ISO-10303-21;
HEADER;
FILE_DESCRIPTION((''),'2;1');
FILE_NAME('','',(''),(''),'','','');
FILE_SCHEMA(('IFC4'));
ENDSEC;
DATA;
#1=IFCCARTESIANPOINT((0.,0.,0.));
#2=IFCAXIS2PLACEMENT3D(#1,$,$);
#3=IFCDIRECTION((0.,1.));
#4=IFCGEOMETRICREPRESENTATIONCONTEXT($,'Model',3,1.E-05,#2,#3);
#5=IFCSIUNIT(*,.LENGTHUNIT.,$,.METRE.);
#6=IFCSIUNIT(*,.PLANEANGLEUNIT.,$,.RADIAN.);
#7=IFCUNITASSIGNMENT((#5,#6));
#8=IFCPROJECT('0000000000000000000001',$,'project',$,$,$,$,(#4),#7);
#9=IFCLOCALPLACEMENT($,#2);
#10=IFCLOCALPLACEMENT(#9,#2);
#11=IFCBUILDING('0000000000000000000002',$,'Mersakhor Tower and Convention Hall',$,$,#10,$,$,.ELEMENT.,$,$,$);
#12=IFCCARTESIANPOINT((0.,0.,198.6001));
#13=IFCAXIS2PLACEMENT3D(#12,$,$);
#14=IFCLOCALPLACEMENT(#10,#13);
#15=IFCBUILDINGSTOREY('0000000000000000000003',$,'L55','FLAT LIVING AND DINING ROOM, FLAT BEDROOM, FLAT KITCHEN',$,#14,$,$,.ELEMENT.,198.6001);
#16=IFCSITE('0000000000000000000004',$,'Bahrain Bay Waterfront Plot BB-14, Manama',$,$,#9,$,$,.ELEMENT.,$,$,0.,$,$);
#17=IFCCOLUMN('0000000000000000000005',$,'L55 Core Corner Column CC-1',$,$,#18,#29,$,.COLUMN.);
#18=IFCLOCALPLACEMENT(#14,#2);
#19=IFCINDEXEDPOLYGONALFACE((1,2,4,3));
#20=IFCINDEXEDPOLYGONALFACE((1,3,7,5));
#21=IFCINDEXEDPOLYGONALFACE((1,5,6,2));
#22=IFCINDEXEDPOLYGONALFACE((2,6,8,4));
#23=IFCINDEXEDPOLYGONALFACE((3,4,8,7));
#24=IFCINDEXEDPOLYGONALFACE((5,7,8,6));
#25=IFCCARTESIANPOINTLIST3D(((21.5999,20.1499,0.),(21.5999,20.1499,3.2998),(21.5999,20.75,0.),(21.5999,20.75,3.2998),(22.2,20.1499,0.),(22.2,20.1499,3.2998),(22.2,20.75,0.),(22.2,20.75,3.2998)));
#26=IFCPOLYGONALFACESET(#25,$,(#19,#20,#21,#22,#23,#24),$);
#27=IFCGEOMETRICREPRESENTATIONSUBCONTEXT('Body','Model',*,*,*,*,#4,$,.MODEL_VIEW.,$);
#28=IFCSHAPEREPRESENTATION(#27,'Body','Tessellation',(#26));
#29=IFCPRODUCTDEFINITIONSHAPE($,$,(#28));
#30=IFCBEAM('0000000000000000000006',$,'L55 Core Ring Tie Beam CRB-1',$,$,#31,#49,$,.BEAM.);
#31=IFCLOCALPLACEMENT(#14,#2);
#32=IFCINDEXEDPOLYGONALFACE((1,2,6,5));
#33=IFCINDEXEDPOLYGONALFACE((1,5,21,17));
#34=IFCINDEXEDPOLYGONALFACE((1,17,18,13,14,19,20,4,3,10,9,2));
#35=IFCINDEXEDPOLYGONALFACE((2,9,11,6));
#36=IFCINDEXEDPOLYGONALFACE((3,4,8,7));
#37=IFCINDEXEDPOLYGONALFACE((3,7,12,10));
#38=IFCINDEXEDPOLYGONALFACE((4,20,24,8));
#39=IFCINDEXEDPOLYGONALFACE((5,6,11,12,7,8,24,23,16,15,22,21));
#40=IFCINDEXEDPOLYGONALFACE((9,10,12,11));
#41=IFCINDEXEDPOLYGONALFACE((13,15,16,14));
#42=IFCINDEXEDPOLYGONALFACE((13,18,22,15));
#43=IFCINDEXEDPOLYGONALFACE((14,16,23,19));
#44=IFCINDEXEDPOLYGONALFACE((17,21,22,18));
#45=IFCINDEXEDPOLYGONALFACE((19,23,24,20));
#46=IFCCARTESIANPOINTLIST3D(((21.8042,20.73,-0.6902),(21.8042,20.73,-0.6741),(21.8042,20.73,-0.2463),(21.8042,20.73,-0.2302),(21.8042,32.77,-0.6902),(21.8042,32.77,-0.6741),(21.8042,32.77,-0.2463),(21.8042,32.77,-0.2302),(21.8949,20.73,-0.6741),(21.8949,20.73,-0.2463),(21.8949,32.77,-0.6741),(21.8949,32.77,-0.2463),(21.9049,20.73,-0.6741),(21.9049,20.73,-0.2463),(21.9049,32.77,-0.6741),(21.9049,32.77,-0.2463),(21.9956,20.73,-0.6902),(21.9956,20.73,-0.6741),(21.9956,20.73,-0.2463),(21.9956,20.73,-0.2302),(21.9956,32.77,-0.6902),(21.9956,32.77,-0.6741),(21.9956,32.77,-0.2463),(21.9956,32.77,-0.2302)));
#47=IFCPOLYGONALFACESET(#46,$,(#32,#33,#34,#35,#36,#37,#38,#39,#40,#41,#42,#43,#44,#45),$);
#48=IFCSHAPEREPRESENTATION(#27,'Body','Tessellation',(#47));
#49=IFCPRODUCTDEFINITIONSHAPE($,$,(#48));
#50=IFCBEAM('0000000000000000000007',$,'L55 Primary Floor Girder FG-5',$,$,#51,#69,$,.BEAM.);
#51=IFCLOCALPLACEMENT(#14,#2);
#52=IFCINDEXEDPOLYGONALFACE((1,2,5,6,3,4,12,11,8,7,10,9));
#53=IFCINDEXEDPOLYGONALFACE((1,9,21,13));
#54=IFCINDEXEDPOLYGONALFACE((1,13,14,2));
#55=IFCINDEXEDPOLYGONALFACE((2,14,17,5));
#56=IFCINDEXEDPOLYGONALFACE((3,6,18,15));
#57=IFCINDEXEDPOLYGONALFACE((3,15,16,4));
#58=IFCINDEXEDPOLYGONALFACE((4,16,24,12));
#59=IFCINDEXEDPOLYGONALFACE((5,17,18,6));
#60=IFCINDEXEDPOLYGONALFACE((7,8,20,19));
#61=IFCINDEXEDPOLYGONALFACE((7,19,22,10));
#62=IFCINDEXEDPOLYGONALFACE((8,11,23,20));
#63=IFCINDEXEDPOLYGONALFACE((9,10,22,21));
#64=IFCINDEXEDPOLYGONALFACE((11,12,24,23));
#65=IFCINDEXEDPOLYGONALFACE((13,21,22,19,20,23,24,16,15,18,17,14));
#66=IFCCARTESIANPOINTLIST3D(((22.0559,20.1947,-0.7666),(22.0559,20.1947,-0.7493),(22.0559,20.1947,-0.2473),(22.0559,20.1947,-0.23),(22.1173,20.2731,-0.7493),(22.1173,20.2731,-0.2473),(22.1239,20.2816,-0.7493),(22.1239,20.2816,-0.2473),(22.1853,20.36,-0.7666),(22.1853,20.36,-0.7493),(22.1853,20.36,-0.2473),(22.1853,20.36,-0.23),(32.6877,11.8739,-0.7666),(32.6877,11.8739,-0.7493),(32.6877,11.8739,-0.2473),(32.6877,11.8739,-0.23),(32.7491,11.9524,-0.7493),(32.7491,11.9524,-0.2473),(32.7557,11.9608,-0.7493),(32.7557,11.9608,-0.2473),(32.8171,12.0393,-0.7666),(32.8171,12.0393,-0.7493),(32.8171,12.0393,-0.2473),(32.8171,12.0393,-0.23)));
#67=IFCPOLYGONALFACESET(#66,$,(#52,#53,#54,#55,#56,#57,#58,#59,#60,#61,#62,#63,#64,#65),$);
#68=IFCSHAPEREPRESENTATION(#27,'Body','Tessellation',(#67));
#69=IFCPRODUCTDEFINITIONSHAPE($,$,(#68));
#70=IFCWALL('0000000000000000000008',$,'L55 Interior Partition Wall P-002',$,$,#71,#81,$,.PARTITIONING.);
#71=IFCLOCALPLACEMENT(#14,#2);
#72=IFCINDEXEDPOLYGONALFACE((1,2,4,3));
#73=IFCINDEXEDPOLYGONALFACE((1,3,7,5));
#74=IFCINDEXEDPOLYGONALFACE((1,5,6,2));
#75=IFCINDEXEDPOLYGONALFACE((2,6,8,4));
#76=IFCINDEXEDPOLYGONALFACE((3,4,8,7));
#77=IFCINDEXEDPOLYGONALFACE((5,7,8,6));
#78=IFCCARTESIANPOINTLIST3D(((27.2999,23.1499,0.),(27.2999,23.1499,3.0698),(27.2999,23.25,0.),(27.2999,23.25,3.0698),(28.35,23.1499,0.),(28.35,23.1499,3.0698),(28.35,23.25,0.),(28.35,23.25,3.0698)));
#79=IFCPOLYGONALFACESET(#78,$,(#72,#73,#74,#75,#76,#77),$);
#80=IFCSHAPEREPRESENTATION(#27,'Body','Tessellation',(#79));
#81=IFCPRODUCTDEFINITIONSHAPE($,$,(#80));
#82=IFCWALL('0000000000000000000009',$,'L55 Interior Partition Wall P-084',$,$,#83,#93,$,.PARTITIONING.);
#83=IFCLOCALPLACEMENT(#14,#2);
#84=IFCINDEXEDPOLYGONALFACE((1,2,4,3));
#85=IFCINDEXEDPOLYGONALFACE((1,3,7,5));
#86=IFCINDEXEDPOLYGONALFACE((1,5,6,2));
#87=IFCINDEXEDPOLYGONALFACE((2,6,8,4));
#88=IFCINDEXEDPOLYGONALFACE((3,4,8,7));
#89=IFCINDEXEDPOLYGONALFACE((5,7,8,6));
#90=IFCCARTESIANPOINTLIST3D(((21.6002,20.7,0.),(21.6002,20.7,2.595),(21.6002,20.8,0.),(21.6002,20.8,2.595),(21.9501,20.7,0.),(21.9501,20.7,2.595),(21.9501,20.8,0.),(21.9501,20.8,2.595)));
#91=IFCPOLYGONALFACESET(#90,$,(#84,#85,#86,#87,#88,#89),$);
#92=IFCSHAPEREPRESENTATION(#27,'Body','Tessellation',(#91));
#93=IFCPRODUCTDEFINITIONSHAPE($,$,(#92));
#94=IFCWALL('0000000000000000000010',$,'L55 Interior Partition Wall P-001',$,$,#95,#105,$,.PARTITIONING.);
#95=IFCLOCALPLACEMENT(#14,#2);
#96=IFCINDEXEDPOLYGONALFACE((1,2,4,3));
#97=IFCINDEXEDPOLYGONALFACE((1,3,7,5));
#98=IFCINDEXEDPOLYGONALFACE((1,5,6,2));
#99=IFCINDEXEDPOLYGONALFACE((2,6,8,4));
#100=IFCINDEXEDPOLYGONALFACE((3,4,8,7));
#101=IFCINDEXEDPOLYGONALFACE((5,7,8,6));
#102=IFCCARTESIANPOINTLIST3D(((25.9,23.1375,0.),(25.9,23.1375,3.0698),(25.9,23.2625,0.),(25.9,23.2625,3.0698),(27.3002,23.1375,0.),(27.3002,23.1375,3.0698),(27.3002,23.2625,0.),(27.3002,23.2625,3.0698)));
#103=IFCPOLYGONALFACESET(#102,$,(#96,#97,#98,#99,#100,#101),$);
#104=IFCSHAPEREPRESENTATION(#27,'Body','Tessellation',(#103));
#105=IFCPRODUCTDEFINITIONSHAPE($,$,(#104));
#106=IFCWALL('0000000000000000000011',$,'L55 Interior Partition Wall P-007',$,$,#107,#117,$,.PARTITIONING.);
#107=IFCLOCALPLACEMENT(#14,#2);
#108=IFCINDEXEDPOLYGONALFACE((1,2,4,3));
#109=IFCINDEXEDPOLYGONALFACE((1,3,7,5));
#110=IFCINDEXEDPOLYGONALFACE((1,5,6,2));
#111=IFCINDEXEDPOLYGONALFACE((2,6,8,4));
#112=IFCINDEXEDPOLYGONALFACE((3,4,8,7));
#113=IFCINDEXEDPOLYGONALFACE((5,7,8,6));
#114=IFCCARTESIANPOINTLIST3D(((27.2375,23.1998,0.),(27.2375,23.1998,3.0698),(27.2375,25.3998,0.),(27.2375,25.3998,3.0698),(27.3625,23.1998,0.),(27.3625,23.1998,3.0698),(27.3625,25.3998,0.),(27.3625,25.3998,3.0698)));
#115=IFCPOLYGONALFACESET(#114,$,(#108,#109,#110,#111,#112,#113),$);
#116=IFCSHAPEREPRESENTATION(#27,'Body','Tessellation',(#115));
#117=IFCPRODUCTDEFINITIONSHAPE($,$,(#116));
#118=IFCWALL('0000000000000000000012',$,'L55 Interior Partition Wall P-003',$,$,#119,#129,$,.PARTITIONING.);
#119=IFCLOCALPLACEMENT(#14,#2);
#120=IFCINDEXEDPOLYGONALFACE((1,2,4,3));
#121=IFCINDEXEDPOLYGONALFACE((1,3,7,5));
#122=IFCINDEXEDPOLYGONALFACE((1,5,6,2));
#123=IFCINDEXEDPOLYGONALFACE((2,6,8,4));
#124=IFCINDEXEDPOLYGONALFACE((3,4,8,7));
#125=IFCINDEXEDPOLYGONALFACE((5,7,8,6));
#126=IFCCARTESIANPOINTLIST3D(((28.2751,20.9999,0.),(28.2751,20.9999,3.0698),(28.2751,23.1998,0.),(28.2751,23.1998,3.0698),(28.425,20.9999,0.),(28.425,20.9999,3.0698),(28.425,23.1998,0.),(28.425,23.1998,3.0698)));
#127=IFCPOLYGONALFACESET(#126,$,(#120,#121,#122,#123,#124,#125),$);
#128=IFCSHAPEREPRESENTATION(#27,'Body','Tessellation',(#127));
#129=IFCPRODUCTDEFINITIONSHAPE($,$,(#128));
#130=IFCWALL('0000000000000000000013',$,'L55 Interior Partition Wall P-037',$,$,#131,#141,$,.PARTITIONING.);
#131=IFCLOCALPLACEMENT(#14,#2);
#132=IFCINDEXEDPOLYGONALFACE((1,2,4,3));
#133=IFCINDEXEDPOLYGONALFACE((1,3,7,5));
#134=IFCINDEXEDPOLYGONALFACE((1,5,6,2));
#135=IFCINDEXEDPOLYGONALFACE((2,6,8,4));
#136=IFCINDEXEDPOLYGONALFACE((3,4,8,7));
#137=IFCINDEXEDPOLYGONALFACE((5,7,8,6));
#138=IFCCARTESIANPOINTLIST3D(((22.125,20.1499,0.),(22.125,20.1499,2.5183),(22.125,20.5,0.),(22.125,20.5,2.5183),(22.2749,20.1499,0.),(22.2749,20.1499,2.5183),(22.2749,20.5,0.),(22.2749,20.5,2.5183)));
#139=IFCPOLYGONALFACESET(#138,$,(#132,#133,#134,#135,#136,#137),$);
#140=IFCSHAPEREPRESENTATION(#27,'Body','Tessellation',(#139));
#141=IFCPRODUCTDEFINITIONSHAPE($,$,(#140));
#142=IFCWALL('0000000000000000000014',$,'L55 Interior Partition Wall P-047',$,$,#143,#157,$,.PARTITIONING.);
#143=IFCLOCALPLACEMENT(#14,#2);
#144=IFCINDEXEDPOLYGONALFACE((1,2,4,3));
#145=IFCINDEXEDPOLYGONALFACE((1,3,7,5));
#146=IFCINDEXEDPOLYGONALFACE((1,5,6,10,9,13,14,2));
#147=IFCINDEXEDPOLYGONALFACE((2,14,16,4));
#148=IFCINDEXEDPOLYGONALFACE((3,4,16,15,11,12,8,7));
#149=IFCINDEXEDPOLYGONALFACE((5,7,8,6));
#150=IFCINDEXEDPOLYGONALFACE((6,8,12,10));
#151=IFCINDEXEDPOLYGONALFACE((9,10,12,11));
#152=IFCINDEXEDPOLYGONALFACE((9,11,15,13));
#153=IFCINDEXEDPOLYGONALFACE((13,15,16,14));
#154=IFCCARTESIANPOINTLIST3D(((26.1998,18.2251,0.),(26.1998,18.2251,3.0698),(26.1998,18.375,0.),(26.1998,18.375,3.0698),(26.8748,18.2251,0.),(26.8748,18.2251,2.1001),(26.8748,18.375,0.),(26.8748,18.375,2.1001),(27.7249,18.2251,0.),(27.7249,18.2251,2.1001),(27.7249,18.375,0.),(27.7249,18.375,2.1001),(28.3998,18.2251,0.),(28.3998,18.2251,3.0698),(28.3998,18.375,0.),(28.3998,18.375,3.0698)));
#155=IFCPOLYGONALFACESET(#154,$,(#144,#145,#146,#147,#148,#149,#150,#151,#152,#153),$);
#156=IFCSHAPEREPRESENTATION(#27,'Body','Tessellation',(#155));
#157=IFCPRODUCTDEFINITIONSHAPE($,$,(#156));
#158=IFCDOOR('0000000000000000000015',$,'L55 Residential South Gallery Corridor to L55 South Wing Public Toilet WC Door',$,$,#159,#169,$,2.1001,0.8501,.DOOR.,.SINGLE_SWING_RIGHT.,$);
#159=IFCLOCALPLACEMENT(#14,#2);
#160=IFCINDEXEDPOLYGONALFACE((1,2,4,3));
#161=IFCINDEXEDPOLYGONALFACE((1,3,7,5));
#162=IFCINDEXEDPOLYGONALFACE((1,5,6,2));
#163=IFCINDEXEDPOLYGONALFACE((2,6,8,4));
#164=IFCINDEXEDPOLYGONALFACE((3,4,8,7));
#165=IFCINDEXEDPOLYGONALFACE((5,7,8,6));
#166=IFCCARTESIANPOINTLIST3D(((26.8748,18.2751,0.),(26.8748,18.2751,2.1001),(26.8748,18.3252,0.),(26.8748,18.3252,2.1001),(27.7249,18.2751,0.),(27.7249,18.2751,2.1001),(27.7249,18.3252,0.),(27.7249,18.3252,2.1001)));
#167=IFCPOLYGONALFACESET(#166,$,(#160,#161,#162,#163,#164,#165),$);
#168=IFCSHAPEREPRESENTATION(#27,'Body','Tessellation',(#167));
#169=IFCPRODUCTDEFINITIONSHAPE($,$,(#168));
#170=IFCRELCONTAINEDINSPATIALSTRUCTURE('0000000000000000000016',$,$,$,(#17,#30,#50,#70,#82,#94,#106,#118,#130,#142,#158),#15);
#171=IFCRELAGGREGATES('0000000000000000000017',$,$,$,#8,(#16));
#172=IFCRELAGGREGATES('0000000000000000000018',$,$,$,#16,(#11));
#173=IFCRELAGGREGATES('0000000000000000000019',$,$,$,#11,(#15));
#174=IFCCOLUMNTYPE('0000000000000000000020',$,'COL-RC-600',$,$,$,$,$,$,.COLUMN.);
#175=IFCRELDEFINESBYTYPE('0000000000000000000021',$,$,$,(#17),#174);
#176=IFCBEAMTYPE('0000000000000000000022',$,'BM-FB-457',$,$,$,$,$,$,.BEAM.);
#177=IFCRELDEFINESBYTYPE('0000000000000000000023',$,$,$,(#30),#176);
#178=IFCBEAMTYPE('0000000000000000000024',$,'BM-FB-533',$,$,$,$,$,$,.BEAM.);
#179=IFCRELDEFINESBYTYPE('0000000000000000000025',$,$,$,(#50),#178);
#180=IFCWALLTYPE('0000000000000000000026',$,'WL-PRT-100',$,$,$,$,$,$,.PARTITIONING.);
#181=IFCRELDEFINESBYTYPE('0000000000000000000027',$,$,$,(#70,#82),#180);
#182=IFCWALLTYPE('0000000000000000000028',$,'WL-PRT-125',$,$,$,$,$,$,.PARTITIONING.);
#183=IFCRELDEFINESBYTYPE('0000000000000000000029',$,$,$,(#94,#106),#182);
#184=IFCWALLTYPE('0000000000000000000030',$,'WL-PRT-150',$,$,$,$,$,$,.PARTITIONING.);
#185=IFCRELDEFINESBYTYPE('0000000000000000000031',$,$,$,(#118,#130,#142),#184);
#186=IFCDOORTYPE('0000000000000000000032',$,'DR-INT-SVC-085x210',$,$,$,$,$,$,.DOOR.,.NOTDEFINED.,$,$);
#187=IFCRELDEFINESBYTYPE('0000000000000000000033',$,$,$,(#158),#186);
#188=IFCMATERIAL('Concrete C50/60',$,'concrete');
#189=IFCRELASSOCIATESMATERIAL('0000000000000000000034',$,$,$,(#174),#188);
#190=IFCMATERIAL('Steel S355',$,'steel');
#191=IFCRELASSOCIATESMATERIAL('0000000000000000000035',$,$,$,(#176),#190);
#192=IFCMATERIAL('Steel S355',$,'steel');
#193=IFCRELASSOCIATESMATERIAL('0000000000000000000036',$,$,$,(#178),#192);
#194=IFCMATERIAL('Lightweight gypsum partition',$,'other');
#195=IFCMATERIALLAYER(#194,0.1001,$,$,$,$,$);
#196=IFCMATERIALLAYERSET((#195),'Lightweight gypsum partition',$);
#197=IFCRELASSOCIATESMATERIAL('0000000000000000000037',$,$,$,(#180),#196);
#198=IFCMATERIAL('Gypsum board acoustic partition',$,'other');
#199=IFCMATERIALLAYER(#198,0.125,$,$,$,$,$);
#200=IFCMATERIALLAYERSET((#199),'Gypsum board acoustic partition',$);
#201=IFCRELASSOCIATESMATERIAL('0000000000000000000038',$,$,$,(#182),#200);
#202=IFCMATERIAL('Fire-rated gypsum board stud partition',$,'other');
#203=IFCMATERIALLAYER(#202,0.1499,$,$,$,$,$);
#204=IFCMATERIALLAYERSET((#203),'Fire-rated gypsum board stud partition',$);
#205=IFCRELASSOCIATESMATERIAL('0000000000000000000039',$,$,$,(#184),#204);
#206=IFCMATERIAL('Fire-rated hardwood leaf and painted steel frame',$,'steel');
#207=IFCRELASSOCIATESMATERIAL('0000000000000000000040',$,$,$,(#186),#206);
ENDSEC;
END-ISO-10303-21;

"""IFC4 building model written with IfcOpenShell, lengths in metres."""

from ifc_helpers import new_model, si_unit, direction, frame, frame_2d, origin, origin_2d, place, context, subcontext, project, spatial, rectangle, i_section, extrude, material, layer, layer_set, material_profile, profile_set, type_object, element, fill, save


model = new_model("IFC4")

# Units and contexts
model_context = context("Model", 3, precision=1e-05, world=origin(), true_north=direction((0.0, 1.0)))
body_context = subcontext(model_context, "Body", "Model", "MODEL_VIEW")
ifc_project = project(units=[si_unit("LENGTHUNIT", "METRE"), si_unit("PLANEANGLEUNIT", "RADIAN")], contexts=[model_context])

# Site, building, storey
site_placement = place(None, origin())
site = spatial("IfcSite", under=ifc_project, at=site_placement, Name="Bahrain Bay Waterfront Plot BB-14, Manama", CompositionType="ELEMENT", RefElevation=0.0)
building_placement = place(site_placement, origin())
building = spatial("IfcBuilding", under=site, at=building_placement, Name="Mersakhor Tower and Convention Hall", CompositionType="ELEMENT")
storey_placement = place(building_placement, frame((0.0, 0.0, 198.6001)))
storey = spatial("IfcBuildingStorey", under=building, at=storey_placement, Name="L55", Description="FLAT LIVING AND DINING ROOM, FLAT BEDROOM, FLAT KITCHEN", CompositionType="ELEMENT", Elevation=198.6001)

# Column
ifc_material_1 = material(Name="Concrete C50/60", Category="concrete")
ifc_material_profile_1 = material_profile(ifc_material_1, rectangle(XDim=0.6001, YDim=0.6001, at=origin_2d()), Name="RC 600x600")
ifc_profile_set_1 = profile_set([ifc_material_profile_1], Name="Concrete C50/60")
column_type = type_object("IfcColumnType", Name="COL-RC-600", PredefinedType="COLUMN", material=ifc_profile_set_1)
column_placement = place(storey_placement, frame((21.8999, 20.45, 0.0), z_axis=(0.0, 0.0, 1.0), x_axis=(1.0, 0.0, 0.0)))
element("IfcColumn", 1, at=column_placement, inside=storey, type_object=column_type, Name="L55 Core Corner Column CC-1", PredefinedType="COLUMN", context=body_context, shape_type="SweptSolid", body=[
    extrude(rectangle(XDim=0.6001, YDim=0.6001, at=origin_2d()), origin(), (0.0, 0.0, 1.0), 3.2998),
])

# Beams
ifc_material_2 = material(Name="Steel S355", Category="steel")
ifc_material_profile_2 = material_profile(ifc_material_2, i_section(OverallWidth=0.1914, OverallDepth=0.46, WebThickness=0.01, FlangeThickness=0.0161, at=origin_2d()), Name="UB 457x191x82")
ifc_profile_set_2 = profile_set([ifc_material_profile_2], Name="Steel S355")
beam_type_1 = type_object("IfcBeamType", Name="BM-FB-457", PredefinedType="BEAM", material=ifc_profile_set_2)
beam_1_placement = place(storey_placement, frame((21.8999, 20.73, -0.4602), z_axis=(0.0, 1.0, 0.0), x_axis=(-1.0, 0.0, 0.0)))
element("IfcBeam", 2, at=beam_1_placement, inside=storey, type_object=beam_type_1, Name="L55 Core Ring Tie Beam CRB-1", PredefinedType="BEAM", context=body_context, shape_type="SweptSolid", body=[
    extrude(i_section(OverallWidth=0.1914, OverallDepth=0.46, WebThickness=0.01, FlangeThickness=0.0161, at=origin_2d()), origin(), (0.0, 0.0, 1.0), 12.04),
])
ifc_material_3 = material(Name="Steel S355", Category="steel")
ifc_material_profile_3 = material_profile(ifc_material_3, i_section(OverallWidth=0.21, OverallDepth=0.5366, WebThickness=0.0107, FlangeThickness=0.0173, at=origin_2d()), Name="UB 533x210x101")
ifc_profile_set_3 = profile_set([ifc_material_profile_3], Name="Steel S355")
beam_type_2 = type_object("IfcBeamType", Name="BM-FB-533", PredefinedType="BEAM", material=ifc_profile_set_3)
beam_2_placement = place(storey_placement, frame((22.1206, 20.2773, -0.4983), z_axis=(0.787497, -0.616319, 0.0), x_axis=(0.616319, 0.787497, 0.0)))
element("IfcBeam", 3, at=beam_2_placement, inside=storey, type_object=beam_type_2, Name="L55 Primary Floor Girder FG-5", PredefinedType="BEAM", context=body_context, shape_type="SweptSolid", body=[
    extrude(i_section(OverallWidth=0.21, OverallDepth=0.5366, WebThickness=0.0107, FlangeThickness=0.0173, at=origin_2d()), origin(), (0.0, 0.0, 1.0), 13.5007),
])

# Walls
ifc_material_4 = material(Name="Lightweight gypsum partition", Category="other")
ifc_layer_1 = layer(ifc_material_4, 0.1001)
ifc_layer_set_1 = layer_set([ifc_layer_1], Name="Lightweight gypsum partition")
wall_type_1 = type_object("IfcWallType", Name="WL-PRT-100", PredefinedType="PARTITIONING", material=ifc_layer_set_1)
wall_1_placement = place(storey_placement, frame((27.3, 23.2, 0.0), z_axis=(0.0, 0.0, 1.0), x_axis=(1.0, 0.0, 0.0)))
element("IfcWall", 4, at=wall_1_placement, inside=storey, type_object=wall_type_1, Name="L55 Interior Partition Wall P-002", PredefinedType="PARTITIONING", context=body_context, shape_type="SweptSolid", body=[
    extrude(rectangle(XDim=1.05, YDim=0.1001, at=frame_2d((0.5249, 0.0))), origin(), (0.0, 0.0, 1.0), 3.0698),
])
wall_2_placement = place(storey_placement, frame((21.95, 20.75, 0.0), z_axis=(0.0, 0.0, 1.0), x_axis=(-1.0, 0.0, 0.0)))
element("IfcWall", 5, at=wall_2_placement, inside=storey, type_object=wall_type_1, Name="L55 Interior Partition Wall P-084", PredefinedType="PARTITIONING", context=body_context, shape_type="SweptSolid", body=[
    extrude(rectangle(XDim=0.3499, YDim=0.1001, at=frame_2d((0.1748, 0.0))), origin(), (0.0, 0.0, 1.0), 2.595),
])
ifc_material_5 = material(Name="Gypsum board acoustic partition", Category="other")
ifc_layer_2 = layer(ifc_material_5, 0.125)
ifc_layer_set_2 = layer_set([ifc_layer_2], Name="Gypsum board acoustic partition")
wall_type_2 = type_object("IfcWallType", Name="WL-PRT-125", PredefinedType="PARTITIONING", material=ifc_layer_set_2)
wall_3_placement = place(storey_placement, frame((25.8999, 23.2, 0.0), z_axis=(0.0, 0.0, 1.0), x_axis=(1.0, 0.0, 0.0)))
element("IfcWall", 6, at=wall_3_placement, inside=storey, type_object=wall_type_2, Name="L55 Interior Partition Wall P-001", PredefinedType="PARTITIONING", context=body_context, shape_type="SweptSolid", body=[
    extrude(rectangle(XDim=1.4001, YDim=0.125, at=frame_2d((0.7002, 0.0))), origin(), (0.0, 0.0, 1.0), 3.0698),
])
wall_4_placement = place(storey_placement, frame((27.3, 25.3999, 0.0), z_axis=(0.0, 0.0, 1.0), x_axis=(0.0, -1.0, 0.0)))
element("IfcWall", 7, at=wall_4_placement, inside=storey, type_object=wall_type_2, Name="L55 Interior Partition Wall P-007", PredefinedType="PARTITIONING", context=body_context, shape_type="SweptSolid", body=[
    extrude(rectangle(XDim=2.2, YDim=0.125, at=frame_2d((1.1001, 0.0))), origin(), (0.0, 0.0, 1.0), 3.0698),
])
ifc_material_6 = material(Name="Fire-rated gypsum board stud partition", Category="other")
ifc_layer_3 = layer(ifc_material_6, 0.1499)
ifc_layer_set_3 = layer_set([ifc_layer_3], Name="Fire-rated gypsum board stud partition")
wall_type_3 = type_object("IfcWallType", Name="WL-PRT-150", PredefinedType="PARTITIONING", material=ifc_layer_set_3)
wall_5_placement = place(storey_placement, frame((28.3501, 23.2, 0.0), z_axis=(0.0, 0.0, 1.0), x_axis=(0.0, -1.0, 0.0)))
element("IfcWall", 8, at=wall_5_placement, inside=storey, type_object=wall_type_3, Name="L55 Interior Partition Wall P-003", PredefinedType="PARTITIONING", context=body_context, shape_type="SweptSolid", body=[
    extrude(rectangle(XDim=2.2, YDim=0.1499, at=frame_2d((1.1001, 0.0))), origin(), (0.0, 0.0, 1.0), 3.0698),
])
wall_6_placement = place(storey_placement, frame((22.2, 20.1499, 0.0), z_axis=(0.0, 0.0, 1.0), x_axis=(0.0, 1.0, 0.0)))
element("IfcWall", 9, at=wall_6_placement, inside=storey, type_object=wall_type_3, Name="L55 Interior Partition Wall P-037", PredefinedType="PARTITIONING", context=body_context, shape_type="SweptSolid", body=[
    extrude(rectangle(XDim=0.3501, YDim=0.1499, at=frame_2d((0.175, 0.0))), origin(), (0.0, 0.0, 1.0), 2.5183),
])

# Wall, opening, door
wall_7_placement = place(storey_placement, frame((28.3999, 18.3, 0.0), z_axis=(0.0, 0.0, 1.0), x_axis=(-1.0, 0.0, 0.0)))
wall_7 = element("IfcWall", 10, at=wall_7_placement, inside=storey, type_object=wall_type_3, Name="L55 Interior Partition Wall P-047", PredefinedType="PARTITIONING", context=body_context, shape_type="SweptSolid", body=[
    extrude(rectangle(XDim=2.2, YDim=0.1499, at=frame_2d((1.1001, 0.0))), origin(), (0.0, 0.0, 1.0), 3.0698),
])
opening_1_placement = place(wall_7_placement, frame((0.675, 0.0, 0.0)))
opening_1 = element("IfcOpeningElement", 11, at=opening_1_placement, cuts=wall_7, PredefinedType="OPENING", context=body_context, shape_type="SweptSolid", body=[
    extrude(rectangle(XDim=0.8501, YDim=2.1001, at=frame_2d((0.425, 1.05))), frame((0.0, 0.085, 0.0), z_axis=(0.0, -1.0, 0.0), x_axis=(1.0, 0.0, 0.0)), (0.0, 0.0, 1.0), 0.1699),
])
ifc_material_7 = material(Name="Fire-rated hardwood leaf and painted steel frame", Category="steel")
door_type_1 = type_object("IfcDoorType", Name="DR-INT-SVC-085x210", OperationType="NOTDEFINED", PredefinedType="DOOR", material=ifc_material_7)
door_1_placement = place(opening_1_placement, origin())
door_1 = element("IfcDoor", 12, at=door_1_placement, inside=storey, type_object=door_type_1, Name="L55 Residential South Gallery Corridor to L55 South Wing Public Toilet WC Door", OperationType="SINGLE_SWING_RIGHT", OverallHeight=2.1001, OverallWidth=0.8501, PredefinedType="DOOR", context=body_context, shape_type="SweptSolid", body=[
    extrude(rectangle(XDim=0.8501, YDim=2.1001, at=frame_2d((0.425, 1.05))), frame((0.0, 0.0249, 0.0), z_axis=(0.0, -1.0, 0.0), x_axis=(1.0, 0.0, 0.0)), (0.0, 0.0, 1.0), 0.05),
])
fill(opening_1, door_1)

save(model, "model.ifc")
